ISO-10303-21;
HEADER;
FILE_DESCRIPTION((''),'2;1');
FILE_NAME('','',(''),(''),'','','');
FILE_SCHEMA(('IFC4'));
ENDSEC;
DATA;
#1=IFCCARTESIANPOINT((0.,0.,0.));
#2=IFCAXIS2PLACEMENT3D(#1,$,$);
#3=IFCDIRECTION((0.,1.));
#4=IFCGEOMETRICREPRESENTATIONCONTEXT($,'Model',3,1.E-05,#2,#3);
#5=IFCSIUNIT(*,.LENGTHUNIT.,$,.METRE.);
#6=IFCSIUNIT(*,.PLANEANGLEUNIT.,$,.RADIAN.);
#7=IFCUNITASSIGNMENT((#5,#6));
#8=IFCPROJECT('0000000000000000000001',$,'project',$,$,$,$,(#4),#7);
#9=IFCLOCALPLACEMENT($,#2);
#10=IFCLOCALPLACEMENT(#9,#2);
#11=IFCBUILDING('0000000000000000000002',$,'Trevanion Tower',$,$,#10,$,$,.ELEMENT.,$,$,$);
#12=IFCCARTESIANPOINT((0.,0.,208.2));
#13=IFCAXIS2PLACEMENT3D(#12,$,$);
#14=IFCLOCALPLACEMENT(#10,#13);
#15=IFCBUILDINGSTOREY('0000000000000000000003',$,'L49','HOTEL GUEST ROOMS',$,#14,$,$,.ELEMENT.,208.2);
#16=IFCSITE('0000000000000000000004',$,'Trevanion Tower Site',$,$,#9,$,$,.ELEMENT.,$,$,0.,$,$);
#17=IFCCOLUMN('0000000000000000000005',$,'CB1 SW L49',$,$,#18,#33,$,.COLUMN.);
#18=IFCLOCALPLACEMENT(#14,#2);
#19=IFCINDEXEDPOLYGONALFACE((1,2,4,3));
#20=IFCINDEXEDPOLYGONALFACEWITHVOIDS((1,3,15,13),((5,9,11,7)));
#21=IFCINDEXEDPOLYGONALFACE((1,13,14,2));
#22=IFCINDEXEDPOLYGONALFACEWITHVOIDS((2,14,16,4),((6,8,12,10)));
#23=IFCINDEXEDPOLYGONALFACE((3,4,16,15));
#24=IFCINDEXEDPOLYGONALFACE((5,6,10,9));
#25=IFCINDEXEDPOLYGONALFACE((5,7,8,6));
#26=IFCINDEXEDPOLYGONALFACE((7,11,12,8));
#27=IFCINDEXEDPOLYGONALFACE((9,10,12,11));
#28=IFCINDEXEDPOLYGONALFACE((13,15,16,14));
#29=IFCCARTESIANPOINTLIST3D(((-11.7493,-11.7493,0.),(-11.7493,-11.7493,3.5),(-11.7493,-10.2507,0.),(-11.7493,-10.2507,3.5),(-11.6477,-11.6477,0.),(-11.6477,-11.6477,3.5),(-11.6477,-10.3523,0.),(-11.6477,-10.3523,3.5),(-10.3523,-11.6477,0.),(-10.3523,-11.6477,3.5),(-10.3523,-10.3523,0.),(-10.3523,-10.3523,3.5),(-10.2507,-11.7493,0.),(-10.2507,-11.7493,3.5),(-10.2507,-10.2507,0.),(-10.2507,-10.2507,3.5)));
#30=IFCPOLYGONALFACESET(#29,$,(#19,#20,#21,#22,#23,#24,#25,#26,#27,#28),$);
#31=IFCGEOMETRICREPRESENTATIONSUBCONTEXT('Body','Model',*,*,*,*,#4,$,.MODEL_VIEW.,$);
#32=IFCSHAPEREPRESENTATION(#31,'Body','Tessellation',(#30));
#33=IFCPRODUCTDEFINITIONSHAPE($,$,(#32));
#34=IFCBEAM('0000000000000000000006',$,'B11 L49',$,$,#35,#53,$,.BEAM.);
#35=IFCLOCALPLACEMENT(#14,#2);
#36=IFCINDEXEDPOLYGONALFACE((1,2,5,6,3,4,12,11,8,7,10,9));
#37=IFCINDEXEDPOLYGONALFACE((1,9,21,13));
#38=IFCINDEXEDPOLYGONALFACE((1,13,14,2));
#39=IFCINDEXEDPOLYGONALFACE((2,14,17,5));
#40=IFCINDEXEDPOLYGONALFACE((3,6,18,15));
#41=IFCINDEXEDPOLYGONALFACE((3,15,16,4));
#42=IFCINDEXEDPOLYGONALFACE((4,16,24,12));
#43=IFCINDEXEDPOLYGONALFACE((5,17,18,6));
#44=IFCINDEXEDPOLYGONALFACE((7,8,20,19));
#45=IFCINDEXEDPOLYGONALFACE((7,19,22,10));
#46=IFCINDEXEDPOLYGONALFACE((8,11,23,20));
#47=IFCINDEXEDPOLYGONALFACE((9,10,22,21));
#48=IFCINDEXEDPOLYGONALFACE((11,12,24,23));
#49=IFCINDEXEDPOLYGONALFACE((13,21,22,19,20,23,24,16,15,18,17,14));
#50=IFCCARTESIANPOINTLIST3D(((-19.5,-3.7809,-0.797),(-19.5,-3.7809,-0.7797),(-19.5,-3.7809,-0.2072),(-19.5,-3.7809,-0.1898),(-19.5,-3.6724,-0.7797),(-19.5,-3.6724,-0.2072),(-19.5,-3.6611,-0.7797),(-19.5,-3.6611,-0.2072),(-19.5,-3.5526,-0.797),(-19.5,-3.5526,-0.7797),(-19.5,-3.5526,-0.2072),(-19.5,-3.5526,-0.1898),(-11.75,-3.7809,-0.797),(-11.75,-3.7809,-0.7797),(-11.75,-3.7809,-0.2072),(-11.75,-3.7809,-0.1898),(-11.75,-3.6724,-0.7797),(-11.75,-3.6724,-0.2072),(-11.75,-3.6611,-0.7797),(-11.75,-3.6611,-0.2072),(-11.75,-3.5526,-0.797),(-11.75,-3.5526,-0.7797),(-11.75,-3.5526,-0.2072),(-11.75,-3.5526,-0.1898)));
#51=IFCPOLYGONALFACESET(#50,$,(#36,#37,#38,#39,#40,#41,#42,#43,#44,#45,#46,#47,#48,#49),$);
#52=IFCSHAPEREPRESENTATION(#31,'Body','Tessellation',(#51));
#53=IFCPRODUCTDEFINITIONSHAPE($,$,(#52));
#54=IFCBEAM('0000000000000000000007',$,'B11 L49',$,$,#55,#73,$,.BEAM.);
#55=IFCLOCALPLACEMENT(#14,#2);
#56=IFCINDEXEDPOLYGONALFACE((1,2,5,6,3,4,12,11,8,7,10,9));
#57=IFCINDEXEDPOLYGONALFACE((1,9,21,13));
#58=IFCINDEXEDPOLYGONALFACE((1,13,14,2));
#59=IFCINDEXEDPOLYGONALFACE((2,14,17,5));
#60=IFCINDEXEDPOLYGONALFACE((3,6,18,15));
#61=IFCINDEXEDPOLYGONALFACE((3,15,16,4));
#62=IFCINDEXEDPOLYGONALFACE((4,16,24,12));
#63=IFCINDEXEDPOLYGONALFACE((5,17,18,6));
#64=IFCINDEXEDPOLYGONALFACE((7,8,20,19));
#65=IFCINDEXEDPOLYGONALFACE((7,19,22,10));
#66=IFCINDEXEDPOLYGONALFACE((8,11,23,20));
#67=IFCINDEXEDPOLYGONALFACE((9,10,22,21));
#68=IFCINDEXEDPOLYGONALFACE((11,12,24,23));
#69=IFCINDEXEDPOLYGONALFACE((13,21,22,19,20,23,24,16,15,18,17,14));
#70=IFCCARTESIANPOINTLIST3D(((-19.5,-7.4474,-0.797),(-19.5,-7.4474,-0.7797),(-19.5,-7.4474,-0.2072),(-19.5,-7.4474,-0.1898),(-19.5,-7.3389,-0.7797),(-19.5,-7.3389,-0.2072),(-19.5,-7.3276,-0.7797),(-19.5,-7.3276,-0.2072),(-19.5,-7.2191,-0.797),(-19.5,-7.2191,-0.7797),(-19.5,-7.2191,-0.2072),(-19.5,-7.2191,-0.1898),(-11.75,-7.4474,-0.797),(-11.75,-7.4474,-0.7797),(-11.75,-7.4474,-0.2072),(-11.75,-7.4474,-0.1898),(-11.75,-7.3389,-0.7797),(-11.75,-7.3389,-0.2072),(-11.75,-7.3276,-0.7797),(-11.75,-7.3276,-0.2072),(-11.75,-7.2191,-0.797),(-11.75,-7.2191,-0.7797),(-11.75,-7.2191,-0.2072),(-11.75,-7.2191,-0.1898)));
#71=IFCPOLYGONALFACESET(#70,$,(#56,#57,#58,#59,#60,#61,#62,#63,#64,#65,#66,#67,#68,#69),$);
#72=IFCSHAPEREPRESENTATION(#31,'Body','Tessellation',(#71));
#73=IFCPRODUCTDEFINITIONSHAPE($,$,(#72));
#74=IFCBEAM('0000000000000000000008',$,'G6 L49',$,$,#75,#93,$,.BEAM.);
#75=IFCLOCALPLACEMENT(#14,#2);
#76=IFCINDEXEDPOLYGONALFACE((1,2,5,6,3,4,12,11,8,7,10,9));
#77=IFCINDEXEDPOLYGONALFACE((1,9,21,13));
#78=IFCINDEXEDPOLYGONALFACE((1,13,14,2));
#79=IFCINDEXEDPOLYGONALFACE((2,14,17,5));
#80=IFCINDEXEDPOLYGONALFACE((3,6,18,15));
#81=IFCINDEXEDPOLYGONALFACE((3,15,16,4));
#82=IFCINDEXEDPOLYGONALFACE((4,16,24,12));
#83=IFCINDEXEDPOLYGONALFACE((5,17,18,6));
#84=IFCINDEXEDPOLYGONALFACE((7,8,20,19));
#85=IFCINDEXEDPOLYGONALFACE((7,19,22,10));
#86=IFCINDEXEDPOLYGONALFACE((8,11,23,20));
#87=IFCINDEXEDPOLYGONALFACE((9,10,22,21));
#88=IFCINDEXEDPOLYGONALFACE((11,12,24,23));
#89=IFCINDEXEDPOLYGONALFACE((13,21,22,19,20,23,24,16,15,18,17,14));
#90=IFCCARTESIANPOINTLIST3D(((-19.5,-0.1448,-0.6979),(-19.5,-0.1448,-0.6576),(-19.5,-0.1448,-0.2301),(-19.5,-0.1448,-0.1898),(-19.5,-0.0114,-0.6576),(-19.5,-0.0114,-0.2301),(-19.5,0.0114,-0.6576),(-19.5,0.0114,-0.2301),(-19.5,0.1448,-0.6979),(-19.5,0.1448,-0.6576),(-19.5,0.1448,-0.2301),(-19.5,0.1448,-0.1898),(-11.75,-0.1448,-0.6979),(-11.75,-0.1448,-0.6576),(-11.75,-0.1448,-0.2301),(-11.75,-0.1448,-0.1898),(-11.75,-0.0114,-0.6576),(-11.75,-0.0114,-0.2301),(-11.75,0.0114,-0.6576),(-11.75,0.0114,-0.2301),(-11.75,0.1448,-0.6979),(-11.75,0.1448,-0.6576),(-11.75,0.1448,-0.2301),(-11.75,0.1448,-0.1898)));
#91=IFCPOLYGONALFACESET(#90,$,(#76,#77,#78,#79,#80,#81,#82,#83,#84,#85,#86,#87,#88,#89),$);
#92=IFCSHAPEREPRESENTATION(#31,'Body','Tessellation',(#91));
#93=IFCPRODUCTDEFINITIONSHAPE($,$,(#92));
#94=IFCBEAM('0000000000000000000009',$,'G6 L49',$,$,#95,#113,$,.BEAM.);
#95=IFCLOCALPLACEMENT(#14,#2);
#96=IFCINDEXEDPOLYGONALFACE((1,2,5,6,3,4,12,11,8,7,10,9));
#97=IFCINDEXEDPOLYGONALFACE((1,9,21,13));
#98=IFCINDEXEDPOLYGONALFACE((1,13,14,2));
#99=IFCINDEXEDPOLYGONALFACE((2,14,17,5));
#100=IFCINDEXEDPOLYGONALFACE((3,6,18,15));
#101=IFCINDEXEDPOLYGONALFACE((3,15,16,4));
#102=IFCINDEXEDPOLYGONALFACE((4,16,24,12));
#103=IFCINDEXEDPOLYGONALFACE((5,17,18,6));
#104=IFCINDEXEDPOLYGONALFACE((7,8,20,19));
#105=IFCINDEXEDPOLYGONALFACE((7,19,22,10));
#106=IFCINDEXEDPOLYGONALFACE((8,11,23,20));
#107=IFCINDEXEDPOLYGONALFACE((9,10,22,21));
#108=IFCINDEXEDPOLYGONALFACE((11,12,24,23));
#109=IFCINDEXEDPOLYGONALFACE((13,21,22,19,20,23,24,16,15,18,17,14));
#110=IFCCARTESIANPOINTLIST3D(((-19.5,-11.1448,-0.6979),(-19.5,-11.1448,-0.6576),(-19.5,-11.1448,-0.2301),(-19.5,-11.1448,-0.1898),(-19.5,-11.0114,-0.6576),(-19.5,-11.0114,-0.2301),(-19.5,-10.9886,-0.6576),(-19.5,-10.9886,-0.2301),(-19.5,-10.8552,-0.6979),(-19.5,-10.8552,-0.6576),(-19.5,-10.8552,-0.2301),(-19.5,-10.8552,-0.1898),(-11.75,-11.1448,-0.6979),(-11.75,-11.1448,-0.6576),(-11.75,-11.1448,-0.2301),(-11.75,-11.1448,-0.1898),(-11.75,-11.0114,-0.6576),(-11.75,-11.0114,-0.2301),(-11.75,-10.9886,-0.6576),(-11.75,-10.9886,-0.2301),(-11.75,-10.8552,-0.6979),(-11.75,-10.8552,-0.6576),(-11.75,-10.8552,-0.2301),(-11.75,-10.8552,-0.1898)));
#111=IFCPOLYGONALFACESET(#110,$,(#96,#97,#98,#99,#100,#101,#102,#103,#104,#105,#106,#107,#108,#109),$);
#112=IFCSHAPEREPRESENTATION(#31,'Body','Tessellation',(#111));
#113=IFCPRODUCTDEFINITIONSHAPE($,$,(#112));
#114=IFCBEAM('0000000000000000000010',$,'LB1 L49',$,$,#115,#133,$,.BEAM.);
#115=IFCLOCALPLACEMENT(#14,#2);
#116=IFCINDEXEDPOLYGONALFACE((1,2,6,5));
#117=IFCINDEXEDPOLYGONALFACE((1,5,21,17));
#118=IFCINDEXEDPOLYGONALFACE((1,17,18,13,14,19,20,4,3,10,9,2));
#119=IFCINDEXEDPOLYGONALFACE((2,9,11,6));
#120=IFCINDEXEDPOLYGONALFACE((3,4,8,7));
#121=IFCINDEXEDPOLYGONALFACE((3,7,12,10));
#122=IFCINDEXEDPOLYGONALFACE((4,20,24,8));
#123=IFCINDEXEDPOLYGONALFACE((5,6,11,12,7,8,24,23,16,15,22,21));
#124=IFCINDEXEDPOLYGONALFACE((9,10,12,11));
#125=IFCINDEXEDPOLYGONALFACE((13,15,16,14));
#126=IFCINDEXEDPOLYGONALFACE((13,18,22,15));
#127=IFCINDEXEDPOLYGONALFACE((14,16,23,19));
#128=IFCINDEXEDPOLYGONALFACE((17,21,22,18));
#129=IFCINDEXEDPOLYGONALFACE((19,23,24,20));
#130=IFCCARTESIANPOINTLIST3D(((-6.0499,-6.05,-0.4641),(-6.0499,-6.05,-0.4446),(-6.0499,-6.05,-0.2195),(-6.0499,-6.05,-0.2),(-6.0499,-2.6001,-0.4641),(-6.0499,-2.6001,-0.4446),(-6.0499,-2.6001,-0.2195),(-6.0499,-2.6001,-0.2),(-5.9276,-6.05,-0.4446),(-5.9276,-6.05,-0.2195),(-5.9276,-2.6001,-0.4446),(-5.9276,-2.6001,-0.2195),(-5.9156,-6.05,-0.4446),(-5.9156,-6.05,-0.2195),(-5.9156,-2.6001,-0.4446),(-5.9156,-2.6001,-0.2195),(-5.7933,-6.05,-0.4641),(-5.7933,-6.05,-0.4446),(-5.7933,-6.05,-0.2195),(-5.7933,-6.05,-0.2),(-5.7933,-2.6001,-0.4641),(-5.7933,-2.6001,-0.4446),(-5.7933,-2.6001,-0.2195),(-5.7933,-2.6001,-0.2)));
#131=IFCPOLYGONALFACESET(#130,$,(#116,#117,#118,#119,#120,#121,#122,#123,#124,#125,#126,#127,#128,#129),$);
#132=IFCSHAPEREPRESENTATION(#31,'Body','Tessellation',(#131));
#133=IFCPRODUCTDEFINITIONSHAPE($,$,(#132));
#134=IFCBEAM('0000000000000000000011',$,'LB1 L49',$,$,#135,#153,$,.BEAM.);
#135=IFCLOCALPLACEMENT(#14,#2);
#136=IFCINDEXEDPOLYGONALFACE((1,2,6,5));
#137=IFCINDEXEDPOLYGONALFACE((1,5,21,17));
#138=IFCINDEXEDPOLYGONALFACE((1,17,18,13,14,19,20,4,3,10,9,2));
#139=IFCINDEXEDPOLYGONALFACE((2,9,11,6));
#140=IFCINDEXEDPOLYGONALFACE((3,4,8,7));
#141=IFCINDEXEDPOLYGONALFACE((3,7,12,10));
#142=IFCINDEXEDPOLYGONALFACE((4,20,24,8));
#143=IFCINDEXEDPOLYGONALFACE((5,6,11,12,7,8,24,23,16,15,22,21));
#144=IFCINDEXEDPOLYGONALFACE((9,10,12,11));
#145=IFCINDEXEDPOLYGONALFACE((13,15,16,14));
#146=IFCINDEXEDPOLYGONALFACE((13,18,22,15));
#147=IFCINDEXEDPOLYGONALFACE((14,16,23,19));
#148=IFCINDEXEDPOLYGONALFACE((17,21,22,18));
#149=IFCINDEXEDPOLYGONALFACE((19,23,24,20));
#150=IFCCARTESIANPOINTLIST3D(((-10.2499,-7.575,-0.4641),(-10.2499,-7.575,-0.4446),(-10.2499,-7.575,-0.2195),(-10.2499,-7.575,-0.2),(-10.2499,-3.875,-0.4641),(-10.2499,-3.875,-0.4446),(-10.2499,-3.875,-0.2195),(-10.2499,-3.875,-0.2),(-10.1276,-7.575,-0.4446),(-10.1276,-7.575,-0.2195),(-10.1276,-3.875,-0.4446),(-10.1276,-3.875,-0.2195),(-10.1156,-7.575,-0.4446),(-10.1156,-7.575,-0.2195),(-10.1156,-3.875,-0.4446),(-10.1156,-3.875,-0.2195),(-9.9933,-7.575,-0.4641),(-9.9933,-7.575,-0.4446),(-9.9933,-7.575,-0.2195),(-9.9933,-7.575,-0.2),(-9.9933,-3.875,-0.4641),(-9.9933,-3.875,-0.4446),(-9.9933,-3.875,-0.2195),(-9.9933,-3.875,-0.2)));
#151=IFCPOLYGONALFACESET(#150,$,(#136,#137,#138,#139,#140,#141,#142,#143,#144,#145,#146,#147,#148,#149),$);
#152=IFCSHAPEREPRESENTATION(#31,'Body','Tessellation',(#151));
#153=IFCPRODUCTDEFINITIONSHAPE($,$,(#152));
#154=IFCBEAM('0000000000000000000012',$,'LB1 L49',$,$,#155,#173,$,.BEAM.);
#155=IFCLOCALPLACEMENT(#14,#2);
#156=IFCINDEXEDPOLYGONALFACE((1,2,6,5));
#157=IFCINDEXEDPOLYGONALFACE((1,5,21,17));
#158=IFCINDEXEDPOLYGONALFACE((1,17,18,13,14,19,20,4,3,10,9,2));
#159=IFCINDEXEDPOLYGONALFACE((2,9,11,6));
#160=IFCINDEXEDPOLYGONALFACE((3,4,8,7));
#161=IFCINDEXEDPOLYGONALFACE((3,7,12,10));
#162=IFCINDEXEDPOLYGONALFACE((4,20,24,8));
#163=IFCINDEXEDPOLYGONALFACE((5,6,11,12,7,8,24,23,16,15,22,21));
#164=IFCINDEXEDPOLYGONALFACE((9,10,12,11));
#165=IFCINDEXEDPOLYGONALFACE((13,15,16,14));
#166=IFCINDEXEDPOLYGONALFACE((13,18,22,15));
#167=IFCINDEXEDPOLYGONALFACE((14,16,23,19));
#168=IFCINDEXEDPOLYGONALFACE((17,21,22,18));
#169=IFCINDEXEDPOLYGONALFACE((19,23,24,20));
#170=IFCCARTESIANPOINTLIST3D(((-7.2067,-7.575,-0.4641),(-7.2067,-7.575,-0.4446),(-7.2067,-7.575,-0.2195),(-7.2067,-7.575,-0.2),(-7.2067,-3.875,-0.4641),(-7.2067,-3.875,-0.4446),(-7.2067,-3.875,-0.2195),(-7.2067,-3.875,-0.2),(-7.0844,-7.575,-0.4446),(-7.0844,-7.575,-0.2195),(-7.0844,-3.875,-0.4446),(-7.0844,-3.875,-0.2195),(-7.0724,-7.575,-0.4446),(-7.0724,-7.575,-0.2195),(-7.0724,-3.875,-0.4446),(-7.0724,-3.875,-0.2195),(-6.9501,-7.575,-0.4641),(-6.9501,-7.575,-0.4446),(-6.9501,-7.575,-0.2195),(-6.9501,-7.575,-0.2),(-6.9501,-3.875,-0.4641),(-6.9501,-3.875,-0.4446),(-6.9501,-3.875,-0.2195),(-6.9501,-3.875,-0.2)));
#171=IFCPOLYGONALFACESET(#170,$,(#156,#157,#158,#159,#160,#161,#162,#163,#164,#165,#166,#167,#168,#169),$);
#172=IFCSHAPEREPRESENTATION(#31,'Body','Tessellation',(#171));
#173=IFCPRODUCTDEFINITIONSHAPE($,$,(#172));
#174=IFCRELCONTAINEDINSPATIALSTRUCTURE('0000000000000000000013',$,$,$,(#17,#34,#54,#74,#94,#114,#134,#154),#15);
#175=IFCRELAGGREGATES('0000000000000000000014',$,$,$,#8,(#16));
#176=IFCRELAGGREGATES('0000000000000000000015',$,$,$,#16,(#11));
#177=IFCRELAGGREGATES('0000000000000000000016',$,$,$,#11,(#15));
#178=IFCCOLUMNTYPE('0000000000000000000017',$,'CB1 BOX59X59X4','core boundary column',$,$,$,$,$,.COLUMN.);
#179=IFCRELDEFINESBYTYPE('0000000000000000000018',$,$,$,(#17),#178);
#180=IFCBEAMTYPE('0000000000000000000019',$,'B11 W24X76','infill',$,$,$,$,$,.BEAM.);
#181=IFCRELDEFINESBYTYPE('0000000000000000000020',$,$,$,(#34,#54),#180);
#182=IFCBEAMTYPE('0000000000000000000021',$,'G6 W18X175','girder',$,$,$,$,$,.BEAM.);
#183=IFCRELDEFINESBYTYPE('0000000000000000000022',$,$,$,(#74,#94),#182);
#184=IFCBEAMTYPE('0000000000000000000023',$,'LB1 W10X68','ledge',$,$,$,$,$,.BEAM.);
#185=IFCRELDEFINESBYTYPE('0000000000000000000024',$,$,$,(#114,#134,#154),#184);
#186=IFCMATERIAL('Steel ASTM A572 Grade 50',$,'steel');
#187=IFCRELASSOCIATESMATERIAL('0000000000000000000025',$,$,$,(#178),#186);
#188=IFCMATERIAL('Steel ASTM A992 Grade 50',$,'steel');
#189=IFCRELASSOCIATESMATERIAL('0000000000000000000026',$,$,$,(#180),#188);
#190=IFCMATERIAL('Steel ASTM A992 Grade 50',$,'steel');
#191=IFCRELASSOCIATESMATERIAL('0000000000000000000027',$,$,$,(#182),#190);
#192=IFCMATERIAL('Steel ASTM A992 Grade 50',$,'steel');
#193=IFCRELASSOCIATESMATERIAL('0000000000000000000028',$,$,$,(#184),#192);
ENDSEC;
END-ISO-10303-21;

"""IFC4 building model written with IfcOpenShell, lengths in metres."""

from ifc_helpers import new_model, si_unit, direction, frame, origin, origin_2d, place, context, subcontext, project, spatial, hollow_rectangle, i_section, extrude, material, material_profile, profile_set, type_object, element, save


model = new_model("IFC4")

# Units and contexts
model_context = context("Model", 3, precision=1e-05, world=origin(), true_north=direction((0.0, 1.0)))
body_context = subcontext(model_context, "Body", "Model", "MODEL_VIEW")
ifc_project = project(units=[si_unit("LENGTHUNIT", "METRE"), si_unit("PLANEANGLEUNIT", "RADIAN")], contexts=[model_context])

# Site, building, storey
site_placement = place(None, origin())
site = spatial("IfcSite", under=ifc_project, at=site_placement, Name="Trevanion Tower Site", CompositionType="ELEMENT", RefElevation=0.0)
building_placement = place(site_placement, origin())
building = spatial("IfcBuilding", under=site, at=building_placement, Name="Trevanion Tower", CompositionType="ELEMENT")
storey_placement = place(building_placement, frame((0.0, 0.0, 208.2)))
storey = spatial("IfcBuildingStorey", under=building, at=storey_placement, Name="L49", Description="HOTEL GUEST ROOMS", CompositionType="ELEMENT", Elevation=208.2)

# Column
ifc_material_1 = material(Name="Steel ASTM A572 Grade 50", Category="steel")
ifc_material_profile_1 = material_profile(ifc_material_1, hollow_rectangle(XDim=1.4985, YDim=1.4985, WallThickness=0.1016, at=origin_2d()), Name="BOX59X59X4")
ifc_profile_set_1 = profile_set([ifc_material_profile_1], Name="Steel ASTM A572 Grade 50")
column_type = type_object("IfcColumnType", Name="CB1 BOX59X59X4", Description="core boundary column", PredefinedType="COLUMN", material=ifc_profile_set_1)
column_placement = place(storey_placement, frame((-11.0, -11.0, 0.0), z_axis=(0.0, 0.0, 1.0), x_axis=(1.0, 0.0, 0.0)))
element("IfcColumn", 1, at=column_placement, inside=storey, type_object=column_type, Name="CB1 SW L49", PredefinedType="COLUMN", context=body_context, shape_type="SweptSolid", body=[
    extrude(hollow_rectangle(XDim=1.4985, YDim=1.4985, WallThickness=0.1016, at=origin_2d()), origin(), (0.0, 0.0, 1.0), 3.5),
])

# Beams
ifc_material_2 = material(Name="Steel ASTM A992 Grade 50", Category="steel")
ifc_material_profile_2 = material_profile(ifc_material_2, i_section(OverallWidth=0.2283, OverallDepth=0.6072, WebThickness=0.0112, FlangeThickness=0.0173, at=origin_2d()), Name="W24X76")
ifc_profile_set_2 = profile_set([ifc_material_profile_2], Name="Steel ASTM A992 Grade 50")
beam_type_1 = type_object("IfcBeamType", Name="B11 W24X76", Description="infill", PredefinedType="BEAM", material=ifc_profile_set_2)
for number, where, z_axis, x_axis, name in (
    (2, (-11.75, -3.6667, -0.4934), (-1.0, 0.0, 0.0), (0.0, -1.0, 0.0), "B11 L49"),
    (3, (-11.75, -7.3333, -0.4934), (-1.0, 0.0, 0.0), (0.0, -1.0, 0.0), "B11 L49"),
):
    element("IfcBeam", number, at=place(storey_placement, frame(where, z_axis=z_axis, x_axis=x_axis)), inside=storey, type_object=beam_type_1, Name=name, PredefinedType="BEAM", context=body_context, shape_type="SweptSolid", body=[
        extrude(i_section(OverallWidth=0.2283, OverallDepth=0.6072, WebThickness=0.0112, FlangeThickness=0.0173, at=origin_2d()), origin(), (0.0, 0.0, 1.0), 7.75),
    ])
ifc_material_3 = material(Name="Steel ASTM A992 Grade 50", Category="steel")
ifc_material_profile_3 = material_profile(ifc_material_3, i_section(OverallWidth=0.2896, OverallDepth=0.5081, WebThickness=0.0227, FlangeThickness=0.0403, at=origin_2d()), Name="W18X175")
ifc_profile_set_3 = profile_set([ifc_material_profile_3], Name="Steel ASTM A992 Grade 50")
beam_type_2 = type_object("IfcBeamType", Name="G6 W18X175", Description="girder", PredefinedType="BEAM", material=ifc_profile_set_3)
for number, where, z_axis, x_axis, name in (
    (4, (-11.75, 0.0, -0.4438), (-1.0, 0.0, 0.0), (0.0, -1.0, 0.0), "G6 L49"),
    (5, (-11.75, -11.0, -0.4438), (-1.0, 0.0, 0.0), (0.0, -1.0, 0.0), "G6 L49"),
):
    element("IfcBeam", number, at=place(storey_placement, frame(where, z_axis=z_axis, x_axis=x_axis)), inside=storey, type_object=beam_type_2, Name=name, PredefinedType="BEAM", context=body_context, shape_type="SweptSolid", body=[
        extrude(i_section(OverallWidth=0.2896, OverallDepth=0.5081, WebThickness=0.0227, FlangeThickness=0.0403, at=origin_2d()), origin(), (0.0, 0.0, 1.0), 7.75),
    ])
ifc_material_4 = material(Name="Steel ASTM A992 Grade 50", Category="steel")
ifc_material_profile_4 = material_profile(ifc_material_4, i_section(OverallWidth=0.2566, OverallDepth=0.2642, WebThickness=0.012, FlangeThickness=0.0195, at=origin_2d()), Name="W10X68")
ifc_profile_set_4 = profile_set([ifc_material_profile_4], Name="Steel ASTM A992 Grade 50")
beam_type_3 = type_object("IfcBeamType", Name="LB1 W10X68", Description="ledge", PredefinedType="BEAM", material=ifc_profile_set_4)
beam_1_placement = place(storey_placement, frame((-5.9216, -6.05, -0.332), z_axis=(0.0, 1.0, 0.0), x_axis=(-1.0, 0.0, 0.0)))
element("IfcBeam", 6, at=beam_1_placement, inside=storey, type_object=beam_type_3, Name="LB1 L49", PredefinedType="BEAM", context=body_context, shape_type="SweptSolid", body=[
    extrude(i_section(OverallWidth=0.2566, OverallDepth=0.2642, WebThickness=0.012, FlangeThickness=0.0195, at=origin_2d()), origin(), (0.0, 0.0, 1.0), 3.45),
])
for number, where, z_axis, x_axis, name in (
    (7, (-10.1216, -7.575, -0.332), (0.0, 1.0, 0.0), (-1.0, 0.0, 0.0), "LB1 L49"),
    (8, (-7.0784, -7.575, -0.332), (0.0, 1.0, 0.0), (-1.0, 0.0, 0.0), "LB1 L49"),
):
    element("IfcBeam", number, at=place(storey_placement, frame(where, z_axis=z_axis, x_axis=x_axis)), inside=storey, type_object=beam_type_3, Name=name, PredefinedType="BEAM", context=body_context, shape_type="SweptSolid", body=[
        extrude(i_section(OverallWidth=0.2566, OverallDepth=0.2642, WebThickness=0.012, FlangeThickness=0.0195, at=origin_2d()), origin(), (0.0, 0.0, 1.0), 3.7),
    ])

save(model, "model.ifc")
